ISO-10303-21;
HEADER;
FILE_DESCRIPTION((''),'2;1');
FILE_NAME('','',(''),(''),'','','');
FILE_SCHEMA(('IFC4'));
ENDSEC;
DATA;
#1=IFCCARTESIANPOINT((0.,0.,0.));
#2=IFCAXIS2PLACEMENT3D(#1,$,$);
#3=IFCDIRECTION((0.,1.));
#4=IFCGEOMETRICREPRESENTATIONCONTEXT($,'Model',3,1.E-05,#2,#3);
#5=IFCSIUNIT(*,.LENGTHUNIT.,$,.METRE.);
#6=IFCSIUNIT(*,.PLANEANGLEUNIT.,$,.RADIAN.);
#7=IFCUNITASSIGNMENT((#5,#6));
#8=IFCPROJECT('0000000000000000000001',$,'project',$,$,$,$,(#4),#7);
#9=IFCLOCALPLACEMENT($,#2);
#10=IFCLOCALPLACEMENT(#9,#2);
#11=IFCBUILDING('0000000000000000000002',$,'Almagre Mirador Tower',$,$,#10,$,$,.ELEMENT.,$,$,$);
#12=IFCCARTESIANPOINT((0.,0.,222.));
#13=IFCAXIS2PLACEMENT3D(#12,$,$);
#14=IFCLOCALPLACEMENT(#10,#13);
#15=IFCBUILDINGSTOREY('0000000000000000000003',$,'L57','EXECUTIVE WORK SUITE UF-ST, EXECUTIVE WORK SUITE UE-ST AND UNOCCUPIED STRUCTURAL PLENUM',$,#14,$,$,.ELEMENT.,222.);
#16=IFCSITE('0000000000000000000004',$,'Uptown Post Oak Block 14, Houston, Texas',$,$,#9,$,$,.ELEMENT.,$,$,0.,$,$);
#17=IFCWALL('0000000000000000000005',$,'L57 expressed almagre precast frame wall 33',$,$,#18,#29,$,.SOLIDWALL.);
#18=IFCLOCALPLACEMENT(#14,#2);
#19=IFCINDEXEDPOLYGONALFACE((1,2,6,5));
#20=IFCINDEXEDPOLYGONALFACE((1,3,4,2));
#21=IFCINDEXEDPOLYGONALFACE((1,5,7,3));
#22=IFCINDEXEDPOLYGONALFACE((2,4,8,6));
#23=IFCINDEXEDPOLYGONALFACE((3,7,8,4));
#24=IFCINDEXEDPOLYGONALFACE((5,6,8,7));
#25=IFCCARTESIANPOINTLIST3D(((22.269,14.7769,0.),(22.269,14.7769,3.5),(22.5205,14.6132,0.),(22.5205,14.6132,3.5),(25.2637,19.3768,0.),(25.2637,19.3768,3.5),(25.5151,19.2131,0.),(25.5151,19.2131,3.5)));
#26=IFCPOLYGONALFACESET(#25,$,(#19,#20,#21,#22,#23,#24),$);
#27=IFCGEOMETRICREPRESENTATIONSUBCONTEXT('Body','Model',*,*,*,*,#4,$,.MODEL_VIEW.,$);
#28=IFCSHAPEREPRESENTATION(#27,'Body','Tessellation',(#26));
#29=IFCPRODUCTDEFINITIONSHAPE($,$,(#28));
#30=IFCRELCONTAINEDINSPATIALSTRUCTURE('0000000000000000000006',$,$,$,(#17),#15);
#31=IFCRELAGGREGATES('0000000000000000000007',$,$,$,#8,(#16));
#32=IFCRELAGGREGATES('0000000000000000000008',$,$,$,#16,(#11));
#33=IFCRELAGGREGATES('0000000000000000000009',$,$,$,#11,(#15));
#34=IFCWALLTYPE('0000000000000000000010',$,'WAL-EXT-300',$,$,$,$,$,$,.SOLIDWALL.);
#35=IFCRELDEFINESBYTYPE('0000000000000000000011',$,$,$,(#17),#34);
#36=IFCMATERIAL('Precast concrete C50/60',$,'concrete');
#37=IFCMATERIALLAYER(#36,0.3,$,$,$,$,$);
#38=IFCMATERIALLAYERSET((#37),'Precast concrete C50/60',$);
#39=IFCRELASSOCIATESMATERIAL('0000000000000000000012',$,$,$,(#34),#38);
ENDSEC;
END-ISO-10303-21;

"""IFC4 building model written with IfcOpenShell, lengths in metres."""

from ifc_helpers import new_model, si_unit, direction, frame, frame_2d, origin, place, context, subcontext, project, spatial, rectangle, extrude, material, layer, layer_set, type_object, element, save


model = new_model("IFC4")

# Units and contexts
model_context = context("Model", 3, precision=1e-05, world=origin(), true_north=direction((0.0, 1.0)))
body_context = subcontext(model_context, "Body", "Model", "MODEL_VIEW")
ifc_project = project(units=[si_unit("LENGTHUNIT", "METRE"), si_unit("PLANEANGLEUNIT", "RADIAN")], contexts=[model_context])

# Site, building, storey
site_placement = place(None, origin())
site = spatial("IfcSite", under=ifc_project, at=site_placement, Name="Uptown Post Oak Block 14, Houston, Texas", CompositionType="ELEMENT", RefElevation=0.0)
building_placement = place(site_placement, origin())
building = spatial("IfcBuilding", under=site, at=building_placement, Name="Almagre Mirador Tower", CompositionType="ELEMENT")
storey_placement = place(building_placement, frame((0.0, 0.0, 222.0)))
storey = spatial("IfcBuildingStorey", under=building, at=storey_placement, Name="L57", Description="EXECUTIVE WORK SUITE UF-ST, EXECUTIVE WORK SUITE UE-ST AND UNOCCUPIED STRUCTURAL PLENUM", CompositionType="ELEMENT", Elevation=222.0)

# Shared definitions
ifc_material_1 = material(Name="Precast concrete C50/60", Category="concrete")
ifc_layer_1 = layer(ifc_material_1, 0.3)
ifc_layer_set_1 = layer_set([ifc_layer_1], Name="Precast concrete C50/60")
wall_type = type_object("IfcWallType", Name="WAL-EXT-300", PredefinedType="SOLIDWALL", material=ifc_layer_set_1)

# Wall
wall_1_placement = place(storey_placement, frame((22.3948, 14.6951, 0.0), z_axis=(0.0, 0.0, 1.0), x_axis=(0.545593, 0.83805, 0.0)))
element("IfcWall", 1, at=wall_1_placement, inside=storey, type_object=wall_type, Name="L57 expressed almagre precast frame wall 33", PredefinedType="SOLIDWALL", context=body_context, shape_type="SweptSolid", body=[
    extrude(rectangle(XDim=5.4888, YDim=0.3, at=frame_2d((2.7444, 0.0))), origin(), (0.0, 0.0, 1.0), 3.5),
])

save(model, "model.ifc")
